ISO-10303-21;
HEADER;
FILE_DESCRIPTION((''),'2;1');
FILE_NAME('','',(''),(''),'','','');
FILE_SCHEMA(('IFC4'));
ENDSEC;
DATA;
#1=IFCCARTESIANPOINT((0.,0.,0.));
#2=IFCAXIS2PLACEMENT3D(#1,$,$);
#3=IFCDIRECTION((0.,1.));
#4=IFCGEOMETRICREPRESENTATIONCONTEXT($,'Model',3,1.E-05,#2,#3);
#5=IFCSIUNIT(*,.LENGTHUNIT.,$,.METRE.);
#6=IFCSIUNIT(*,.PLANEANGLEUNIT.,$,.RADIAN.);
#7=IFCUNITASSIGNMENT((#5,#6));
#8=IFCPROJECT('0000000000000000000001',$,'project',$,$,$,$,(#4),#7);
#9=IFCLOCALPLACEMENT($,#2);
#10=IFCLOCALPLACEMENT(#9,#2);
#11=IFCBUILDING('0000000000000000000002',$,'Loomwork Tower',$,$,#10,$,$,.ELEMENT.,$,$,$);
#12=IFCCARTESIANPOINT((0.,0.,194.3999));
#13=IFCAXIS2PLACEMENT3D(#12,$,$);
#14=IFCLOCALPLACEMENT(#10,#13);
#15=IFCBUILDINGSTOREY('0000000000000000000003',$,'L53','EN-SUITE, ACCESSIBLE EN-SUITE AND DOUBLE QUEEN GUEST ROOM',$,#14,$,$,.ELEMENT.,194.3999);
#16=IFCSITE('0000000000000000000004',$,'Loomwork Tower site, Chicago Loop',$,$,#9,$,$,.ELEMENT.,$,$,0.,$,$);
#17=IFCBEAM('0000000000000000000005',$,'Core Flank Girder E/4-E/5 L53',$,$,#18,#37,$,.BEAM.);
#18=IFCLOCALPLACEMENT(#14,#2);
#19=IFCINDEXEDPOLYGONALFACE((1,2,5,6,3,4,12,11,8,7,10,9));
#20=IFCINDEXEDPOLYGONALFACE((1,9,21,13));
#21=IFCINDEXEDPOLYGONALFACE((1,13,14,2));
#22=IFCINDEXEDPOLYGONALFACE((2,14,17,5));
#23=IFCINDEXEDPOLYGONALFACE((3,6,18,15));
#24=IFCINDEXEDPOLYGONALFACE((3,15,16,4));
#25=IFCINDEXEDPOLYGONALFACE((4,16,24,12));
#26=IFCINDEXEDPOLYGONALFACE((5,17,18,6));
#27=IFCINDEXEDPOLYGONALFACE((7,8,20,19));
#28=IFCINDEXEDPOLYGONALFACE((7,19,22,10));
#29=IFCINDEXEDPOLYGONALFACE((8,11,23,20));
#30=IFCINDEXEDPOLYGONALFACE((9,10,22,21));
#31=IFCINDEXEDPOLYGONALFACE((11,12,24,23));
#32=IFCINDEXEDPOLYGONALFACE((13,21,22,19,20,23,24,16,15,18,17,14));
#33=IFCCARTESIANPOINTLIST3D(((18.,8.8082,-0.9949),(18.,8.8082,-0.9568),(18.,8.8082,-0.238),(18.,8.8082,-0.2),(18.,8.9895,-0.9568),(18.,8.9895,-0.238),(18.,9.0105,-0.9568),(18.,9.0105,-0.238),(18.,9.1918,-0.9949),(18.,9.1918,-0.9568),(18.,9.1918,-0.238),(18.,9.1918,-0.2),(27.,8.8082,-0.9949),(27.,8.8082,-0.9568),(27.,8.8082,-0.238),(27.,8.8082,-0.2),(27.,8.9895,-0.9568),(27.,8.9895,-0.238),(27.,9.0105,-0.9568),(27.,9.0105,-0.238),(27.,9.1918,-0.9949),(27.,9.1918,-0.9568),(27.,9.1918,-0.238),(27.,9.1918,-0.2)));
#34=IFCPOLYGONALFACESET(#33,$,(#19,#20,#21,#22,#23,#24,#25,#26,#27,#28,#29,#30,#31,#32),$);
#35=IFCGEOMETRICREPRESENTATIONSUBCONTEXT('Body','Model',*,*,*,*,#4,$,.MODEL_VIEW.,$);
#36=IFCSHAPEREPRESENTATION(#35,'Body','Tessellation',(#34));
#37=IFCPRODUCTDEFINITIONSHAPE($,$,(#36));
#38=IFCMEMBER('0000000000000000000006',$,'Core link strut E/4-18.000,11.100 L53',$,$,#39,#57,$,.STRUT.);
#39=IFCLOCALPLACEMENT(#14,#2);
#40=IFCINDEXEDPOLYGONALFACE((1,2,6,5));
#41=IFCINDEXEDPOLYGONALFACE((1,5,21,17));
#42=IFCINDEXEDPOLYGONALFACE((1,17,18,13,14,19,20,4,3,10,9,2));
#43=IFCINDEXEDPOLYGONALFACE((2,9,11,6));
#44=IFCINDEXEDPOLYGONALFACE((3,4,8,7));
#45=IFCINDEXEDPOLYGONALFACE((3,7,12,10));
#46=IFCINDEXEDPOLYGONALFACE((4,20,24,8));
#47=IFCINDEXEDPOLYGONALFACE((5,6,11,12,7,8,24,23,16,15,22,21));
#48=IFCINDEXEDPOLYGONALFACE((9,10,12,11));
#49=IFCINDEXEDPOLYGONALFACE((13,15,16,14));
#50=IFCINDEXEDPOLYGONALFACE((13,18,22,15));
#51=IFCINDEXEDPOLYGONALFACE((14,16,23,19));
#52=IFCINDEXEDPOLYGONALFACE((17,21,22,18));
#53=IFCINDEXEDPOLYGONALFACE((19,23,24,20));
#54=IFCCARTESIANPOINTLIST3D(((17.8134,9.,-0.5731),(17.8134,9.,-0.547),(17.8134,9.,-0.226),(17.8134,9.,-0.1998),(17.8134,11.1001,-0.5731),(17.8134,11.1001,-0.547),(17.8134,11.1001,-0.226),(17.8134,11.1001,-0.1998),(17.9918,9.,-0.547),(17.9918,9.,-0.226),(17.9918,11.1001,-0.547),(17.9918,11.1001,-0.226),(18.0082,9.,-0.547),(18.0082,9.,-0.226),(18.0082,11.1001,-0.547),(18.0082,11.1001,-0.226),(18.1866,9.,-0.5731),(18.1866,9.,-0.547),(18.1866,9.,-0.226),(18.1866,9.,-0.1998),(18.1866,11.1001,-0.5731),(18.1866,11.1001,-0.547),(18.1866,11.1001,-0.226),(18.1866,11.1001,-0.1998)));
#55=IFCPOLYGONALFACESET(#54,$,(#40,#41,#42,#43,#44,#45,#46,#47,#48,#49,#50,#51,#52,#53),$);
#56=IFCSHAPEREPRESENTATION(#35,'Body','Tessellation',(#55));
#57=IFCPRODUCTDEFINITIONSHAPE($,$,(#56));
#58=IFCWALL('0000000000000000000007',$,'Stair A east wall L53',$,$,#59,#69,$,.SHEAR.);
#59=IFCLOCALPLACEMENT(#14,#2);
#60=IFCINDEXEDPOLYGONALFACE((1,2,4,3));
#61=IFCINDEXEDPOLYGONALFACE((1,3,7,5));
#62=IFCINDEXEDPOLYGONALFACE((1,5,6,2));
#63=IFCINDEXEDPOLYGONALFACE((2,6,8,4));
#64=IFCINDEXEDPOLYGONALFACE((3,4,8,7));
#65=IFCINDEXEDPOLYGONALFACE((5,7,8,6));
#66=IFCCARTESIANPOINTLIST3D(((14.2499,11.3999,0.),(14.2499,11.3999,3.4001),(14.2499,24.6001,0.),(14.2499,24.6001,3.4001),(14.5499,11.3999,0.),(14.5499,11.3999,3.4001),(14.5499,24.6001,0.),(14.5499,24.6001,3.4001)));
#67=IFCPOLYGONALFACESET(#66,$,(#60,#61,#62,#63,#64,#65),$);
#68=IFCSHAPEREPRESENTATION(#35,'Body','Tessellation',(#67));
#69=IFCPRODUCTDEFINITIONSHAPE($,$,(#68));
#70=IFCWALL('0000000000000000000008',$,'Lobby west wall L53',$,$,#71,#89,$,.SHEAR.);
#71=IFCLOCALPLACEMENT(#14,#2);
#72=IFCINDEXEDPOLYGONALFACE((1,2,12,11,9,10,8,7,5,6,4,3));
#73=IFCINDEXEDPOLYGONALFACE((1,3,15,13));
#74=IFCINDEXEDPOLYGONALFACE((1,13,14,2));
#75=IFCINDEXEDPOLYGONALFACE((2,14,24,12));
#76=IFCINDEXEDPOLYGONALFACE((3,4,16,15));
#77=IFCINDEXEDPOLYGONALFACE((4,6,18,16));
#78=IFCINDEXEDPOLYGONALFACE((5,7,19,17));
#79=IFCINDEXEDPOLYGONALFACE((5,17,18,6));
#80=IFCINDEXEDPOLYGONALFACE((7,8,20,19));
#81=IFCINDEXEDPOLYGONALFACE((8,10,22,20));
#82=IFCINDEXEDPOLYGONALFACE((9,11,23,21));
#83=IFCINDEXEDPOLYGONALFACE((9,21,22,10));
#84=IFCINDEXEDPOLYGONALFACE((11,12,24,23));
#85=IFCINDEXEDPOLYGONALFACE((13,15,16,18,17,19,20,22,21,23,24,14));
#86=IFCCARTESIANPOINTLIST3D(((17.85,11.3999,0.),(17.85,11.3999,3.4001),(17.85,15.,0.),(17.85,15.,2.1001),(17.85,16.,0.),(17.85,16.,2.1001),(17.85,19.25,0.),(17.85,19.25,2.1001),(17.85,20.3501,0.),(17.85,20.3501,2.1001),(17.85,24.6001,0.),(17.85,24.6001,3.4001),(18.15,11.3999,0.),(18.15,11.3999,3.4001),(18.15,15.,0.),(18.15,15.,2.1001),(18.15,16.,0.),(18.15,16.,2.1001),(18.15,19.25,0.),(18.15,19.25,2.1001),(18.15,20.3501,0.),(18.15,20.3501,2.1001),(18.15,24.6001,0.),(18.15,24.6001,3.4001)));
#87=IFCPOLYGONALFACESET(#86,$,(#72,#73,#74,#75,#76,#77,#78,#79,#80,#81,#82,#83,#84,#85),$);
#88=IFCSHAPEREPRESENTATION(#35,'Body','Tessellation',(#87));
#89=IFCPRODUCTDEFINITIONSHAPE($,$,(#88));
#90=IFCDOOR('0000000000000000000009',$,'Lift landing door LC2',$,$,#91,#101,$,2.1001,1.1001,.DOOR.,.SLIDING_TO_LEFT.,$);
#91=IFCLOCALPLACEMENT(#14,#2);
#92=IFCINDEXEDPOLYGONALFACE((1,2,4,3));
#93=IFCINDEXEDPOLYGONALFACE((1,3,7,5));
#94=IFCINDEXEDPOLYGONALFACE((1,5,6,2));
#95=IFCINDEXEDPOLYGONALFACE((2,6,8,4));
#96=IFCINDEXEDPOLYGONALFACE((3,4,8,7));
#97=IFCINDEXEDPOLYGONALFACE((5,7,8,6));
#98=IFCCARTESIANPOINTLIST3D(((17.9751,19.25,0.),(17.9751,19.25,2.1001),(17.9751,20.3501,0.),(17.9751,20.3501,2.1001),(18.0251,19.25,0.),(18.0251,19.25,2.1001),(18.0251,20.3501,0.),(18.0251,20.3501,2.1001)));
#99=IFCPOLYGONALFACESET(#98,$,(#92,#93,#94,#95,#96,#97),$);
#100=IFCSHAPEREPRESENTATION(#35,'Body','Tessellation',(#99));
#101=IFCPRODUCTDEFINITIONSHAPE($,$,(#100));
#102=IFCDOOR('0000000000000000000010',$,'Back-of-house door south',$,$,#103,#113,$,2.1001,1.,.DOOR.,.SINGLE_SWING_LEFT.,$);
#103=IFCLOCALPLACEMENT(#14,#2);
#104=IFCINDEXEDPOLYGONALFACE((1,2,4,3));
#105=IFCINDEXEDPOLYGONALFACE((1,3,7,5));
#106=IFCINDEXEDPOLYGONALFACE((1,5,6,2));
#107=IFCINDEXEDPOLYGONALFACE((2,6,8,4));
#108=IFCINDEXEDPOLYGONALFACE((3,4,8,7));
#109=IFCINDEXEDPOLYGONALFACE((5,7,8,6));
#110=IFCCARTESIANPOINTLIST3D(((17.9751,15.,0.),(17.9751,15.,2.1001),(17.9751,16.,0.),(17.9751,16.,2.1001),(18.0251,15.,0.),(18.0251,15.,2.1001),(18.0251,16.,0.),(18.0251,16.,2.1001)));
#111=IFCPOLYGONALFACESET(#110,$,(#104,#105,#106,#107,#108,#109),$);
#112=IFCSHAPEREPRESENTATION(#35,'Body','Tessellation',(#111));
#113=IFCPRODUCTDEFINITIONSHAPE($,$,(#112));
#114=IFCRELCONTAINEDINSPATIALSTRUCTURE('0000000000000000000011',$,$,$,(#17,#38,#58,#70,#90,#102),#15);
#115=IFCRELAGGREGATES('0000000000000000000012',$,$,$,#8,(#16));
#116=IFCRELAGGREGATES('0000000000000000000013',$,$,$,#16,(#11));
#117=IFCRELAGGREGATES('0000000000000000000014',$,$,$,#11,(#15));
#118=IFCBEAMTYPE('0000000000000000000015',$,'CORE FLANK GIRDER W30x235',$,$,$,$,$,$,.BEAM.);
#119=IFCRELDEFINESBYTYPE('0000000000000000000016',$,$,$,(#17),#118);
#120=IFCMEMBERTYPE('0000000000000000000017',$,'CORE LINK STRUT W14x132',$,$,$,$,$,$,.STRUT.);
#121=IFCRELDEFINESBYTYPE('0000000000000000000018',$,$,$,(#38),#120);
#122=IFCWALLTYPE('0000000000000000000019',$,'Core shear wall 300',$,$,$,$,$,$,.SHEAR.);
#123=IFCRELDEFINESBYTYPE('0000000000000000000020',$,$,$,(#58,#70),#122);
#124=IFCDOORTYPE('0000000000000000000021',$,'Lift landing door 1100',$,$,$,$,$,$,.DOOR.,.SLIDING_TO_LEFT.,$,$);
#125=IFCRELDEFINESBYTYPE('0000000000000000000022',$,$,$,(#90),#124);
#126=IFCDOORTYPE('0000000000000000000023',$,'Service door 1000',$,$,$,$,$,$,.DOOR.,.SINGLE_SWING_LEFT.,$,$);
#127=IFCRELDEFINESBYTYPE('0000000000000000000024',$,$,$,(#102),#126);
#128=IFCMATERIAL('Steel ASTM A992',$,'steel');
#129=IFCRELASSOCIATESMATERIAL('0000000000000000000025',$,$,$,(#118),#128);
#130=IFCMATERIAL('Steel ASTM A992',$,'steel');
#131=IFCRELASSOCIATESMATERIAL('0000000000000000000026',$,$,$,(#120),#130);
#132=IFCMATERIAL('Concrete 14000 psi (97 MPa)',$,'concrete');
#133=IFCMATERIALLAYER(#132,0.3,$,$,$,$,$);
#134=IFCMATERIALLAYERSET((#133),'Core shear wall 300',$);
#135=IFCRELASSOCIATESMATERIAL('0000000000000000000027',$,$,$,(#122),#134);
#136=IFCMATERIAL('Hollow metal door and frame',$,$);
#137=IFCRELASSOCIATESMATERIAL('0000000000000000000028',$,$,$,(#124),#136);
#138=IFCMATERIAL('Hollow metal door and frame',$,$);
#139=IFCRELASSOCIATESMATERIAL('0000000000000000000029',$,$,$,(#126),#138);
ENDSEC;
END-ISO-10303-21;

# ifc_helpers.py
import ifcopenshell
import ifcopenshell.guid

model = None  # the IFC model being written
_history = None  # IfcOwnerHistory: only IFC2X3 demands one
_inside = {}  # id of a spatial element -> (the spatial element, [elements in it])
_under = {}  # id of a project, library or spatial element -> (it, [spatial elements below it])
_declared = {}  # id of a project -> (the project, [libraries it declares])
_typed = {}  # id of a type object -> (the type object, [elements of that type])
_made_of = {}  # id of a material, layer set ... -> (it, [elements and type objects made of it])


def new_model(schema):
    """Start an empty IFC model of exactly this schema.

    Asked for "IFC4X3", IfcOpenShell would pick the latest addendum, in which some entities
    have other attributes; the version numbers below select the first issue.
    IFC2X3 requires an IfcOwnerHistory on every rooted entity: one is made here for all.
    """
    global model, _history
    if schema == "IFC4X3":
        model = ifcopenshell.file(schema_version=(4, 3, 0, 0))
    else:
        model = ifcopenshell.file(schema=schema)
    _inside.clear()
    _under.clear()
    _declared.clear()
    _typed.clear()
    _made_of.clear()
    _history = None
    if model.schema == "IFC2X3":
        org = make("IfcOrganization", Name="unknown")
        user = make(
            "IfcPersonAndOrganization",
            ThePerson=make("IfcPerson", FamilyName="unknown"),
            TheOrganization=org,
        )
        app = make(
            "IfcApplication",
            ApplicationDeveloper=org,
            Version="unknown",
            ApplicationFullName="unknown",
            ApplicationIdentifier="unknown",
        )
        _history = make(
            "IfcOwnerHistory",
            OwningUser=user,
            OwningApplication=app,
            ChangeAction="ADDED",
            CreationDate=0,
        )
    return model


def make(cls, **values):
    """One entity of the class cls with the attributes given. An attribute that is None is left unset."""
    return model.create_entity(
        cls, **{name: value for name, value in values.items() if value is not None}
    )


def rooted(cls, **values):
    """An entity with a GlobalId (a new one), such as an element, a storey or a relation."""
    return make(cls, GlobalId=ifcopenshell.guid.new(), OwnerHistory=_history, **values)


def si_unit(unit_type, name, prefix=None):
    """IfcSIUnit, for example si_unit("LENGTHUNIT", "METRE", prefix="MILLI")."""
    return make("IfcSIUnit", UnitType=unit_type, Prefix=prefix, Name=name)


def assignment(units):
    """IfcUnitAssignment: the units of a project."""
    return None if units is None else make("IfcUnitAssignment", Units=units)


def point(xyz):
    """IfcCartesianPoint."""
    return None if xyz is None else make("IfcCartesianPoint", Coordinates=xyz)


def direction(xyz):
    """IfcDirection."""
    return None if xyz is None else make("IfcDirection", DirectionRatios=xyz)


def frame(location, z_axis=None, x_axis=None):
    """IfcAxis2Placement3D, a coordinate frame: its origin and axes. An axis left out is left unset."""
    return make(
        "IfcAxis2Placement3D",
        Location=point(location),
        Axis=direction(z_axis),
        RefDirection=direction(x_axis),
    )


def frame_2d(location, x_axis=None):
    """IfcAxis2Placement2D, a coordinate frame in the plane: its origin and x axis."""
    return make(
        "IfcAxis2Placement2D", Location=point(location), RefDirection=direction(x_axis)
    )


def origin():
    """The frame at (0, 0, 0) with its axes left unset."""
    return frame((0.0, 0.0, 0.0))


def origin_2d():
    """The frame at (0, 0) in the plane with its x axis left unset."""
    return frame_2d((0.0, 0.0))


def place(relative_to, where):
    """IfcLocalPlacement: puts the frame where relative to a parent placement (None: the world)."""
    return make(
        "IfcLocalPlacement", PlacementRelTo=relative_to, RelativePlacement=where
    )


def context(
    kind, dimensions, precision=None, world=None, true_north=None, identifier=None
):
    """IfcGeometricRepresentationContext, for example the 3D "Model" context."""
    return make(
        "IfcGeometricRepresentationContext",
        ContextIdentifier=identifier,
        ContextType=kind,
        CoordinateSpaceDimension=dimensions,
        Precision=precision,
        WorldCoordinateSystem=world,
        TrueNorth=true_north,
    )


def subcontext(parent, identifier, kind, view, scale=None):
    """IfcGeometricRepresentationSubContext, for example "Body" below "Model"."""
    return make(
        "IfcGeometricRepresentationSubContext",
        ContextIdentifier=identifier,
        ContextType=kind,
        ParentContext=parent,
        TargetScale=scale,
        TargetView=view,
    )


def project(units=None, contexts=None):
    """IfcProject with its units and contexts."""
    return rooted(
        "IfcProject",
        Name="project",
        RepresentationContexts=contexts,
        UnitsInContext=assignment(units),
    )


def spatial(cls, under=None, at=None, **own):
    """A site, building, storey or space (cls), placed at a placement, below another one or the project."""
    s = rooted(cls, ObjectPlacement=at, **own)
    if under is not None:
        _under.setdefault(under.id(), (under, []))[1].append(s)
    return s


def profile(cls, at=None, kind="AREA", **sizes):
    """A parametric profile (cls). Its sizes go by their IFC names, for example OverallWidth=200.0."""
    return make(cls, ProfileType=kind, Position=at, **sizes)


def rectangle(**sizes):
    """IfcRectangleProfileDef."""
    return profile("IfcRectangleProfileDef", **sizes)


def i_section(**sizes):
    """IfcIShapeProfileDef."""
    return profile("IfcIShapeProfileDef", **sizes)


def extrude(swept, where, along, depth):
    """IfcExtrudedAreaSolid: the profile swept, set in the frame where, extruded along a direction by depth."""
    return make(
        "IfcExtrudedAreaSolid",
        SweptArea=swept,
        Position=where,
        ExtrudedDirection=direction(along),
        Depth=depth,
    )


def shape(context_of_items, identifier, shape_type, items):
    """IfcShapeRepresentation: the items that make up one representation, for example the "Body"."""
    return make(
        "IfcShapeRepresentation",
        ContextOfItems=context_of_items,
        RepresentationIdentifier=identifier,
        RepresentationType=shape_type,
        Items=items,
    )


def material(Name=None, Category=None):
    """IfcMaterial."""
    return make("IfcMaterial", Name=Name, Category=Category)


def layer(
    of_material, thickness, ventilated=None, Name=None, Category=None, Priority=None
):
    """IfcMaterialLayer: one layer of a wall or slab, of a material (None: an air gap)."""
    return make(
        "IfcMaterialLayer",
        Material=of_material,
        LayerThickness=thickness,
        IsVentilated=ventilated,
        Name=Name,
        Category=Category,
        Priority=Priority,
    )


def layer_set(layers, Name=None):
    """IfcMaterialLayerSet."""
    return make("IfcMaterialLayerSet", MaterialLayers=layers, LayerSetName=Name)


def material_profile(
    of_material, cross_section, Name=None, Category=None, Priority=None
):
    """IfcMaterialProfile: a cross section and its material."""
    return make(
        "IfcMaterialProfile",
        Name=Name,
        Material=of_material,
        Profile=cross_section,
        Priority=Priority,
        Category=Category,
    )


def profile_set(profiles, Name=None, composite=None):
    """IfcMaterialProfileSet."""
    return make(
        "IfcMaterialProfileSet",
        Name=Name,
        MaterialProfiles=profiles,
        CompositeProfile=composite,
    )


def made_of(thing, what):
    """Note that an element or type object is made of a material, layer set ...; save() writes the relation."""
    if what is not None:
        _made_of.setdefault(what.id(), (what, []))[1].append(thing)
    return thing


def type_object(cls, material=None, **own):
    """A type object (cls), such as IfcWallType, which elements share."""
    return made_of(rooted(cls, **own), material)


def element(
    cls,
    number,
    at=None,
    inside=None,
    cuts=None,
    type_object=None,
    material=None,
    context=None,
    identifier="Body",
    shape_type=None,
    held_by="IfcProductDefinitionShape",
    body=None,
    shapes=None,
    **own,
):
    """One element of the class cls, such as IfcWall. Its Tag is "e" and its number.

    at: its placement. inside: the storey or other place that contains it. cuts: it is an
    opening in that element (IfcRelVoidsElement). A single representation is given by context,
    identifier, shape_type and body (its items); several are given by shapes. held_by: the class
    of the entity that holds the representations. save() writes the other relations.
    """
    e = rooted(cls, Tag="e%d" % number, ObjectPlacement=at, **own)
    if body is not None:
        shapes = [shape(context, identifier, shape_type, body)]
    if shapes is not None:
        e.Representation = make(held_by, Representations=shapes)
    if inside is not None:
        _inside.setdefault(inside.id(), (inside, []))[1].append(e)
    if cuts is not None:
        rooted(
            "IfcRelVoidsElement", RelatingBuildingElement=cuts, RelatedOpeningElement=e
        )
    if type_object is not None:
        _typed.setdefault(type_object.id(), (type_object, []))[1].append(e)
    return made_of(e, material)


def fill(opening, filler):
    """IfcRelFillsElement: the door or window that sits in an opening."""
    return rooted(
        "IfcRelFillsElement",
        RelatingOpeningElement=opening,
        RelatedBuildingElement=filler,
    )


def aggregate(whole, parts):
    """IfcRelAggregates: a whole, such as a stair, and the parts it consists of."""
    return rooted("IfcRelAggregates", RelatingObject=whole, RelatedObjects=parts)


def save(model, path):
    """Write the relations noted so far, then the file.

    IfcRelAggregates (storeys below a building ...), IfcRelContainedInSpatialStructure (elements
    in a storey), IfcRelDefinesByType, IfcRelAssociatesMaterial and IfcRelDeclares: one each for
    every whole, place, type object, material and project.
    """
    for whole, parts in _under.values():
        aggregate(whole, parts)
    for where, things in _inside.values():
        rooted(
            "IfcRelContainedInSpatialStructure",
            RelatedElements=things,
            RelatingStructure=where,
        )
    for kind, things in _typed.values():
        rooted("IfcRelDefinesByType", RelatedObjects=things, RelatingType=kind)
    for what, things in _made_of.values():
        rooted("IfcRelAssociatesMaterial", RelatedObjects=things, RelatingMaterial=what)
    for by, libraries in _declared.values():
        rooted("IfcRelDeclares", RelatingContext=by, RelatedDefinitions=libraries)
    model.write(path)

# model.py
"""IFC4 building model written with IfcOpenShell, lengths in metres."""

from ifc_helpers import new_model, si_unit, direction, frame, frame_2d, origin, origin_2d, place, context, subcontext, project, spatial, rectangle, i_section, extrude, material, layer, layer_set, material_profile, profile_set, type_object, element, fill, save


model = new_model("IFC4")

# Units and contexts
model_context = context("Model", 3, precision=1e-05, world=origin(), true_north=direction((0.0, 1.0)))
body_context = subcontext(model_context, "Body", "Model", "MODEL_VIEW")
ifc_project = project(units=[si_unit("LENGTHUNIT", "METRE"), si_unit("PLANEANGLEUNIT", "RADIAN")], contexts=[model_context])

# Site, building, storey
site_placement = place(None, origin())
site = spatial("IfcSite", under=ifc_project, at=site_placement, Name="Loomwork Tower site, Chicago Loop", CompositionType="ELEMENT", RefElevation=0.0)
building_placement = place(site_placement, origin())
building = spatial("IfcBuilding", under=site, at=building_placement, Name="Loomwork Tower", CompositionType="ELEMENT")
storey_placement = place(building_placement, frame((0.0, 0.0, 194.3999)))
storey = spatial("IfcBuildingStorey", under=building, at=storey_placement, Name="L53", Description="EN-SUITE, ACCESSIBLE EN-SUITE AND DOUBLE QUEEN GUEST ROOM", CompositionType="ELEMENT", Elevation=194.3999)

# Beam
ifc_material_1 = material(Name="Steel ASTM A992", Category="steel")
ifc_material_profile_1 = material_profile(ifc_material_1, i_section(OverallWidth=0.3835, OverallDepth=0.7949, WebThickness=0.021, FlangeThickness=0.0381, at=origin_2d()), Name="W30x235")
ifc_profile_set_1 = profile_set([ifc_material_profile_1], Name="Steel ASTM A992")
beam_type = type_object("IfcBeamType", Name="CORE FLANK GIRDER W30x235", PredefinedType="BEAM", material=ifc_profile_set_1)
beam_placement = place(storey_placement, frame((18.0, 9.0, -0.5974), z_axis=(1.0, 0.0, 0.0), x_axis=(0.0, 1.0, 0.0)))
element("IfcBeam", 1, at=beam_placement, inside=storey, type_object=beam_type, Name="Core Flank Girder E/4-E/5 L53", PredefinedType="BEAM", context=body_context, shape_type="SweptSolid", body=[
    extrude(i_section(OverallWidth=0.3835, OverallDepth=0.7949, WebThickness=0.021, FlangeThickness=0.0381, at=origin_2d()), origin(), (0.0, 0.0, 1.0), 9.0),
])

# Member
ifc_material_2 = material(Name="Steel ASTM A992", Category="steel")
ifc_material_profile_2 = material_profile(ifc_material_2, i_section(OverallWidth=0.3733, OverallDepth=0.3733, WebThickness=0.0164, FlangeThickness=0.0261, at=origin_2d()), Name="W14x132")
ifc_profile_set_2 = profile_set([ifc_material_profile_2], Name="Steel ASTM A992")
member_type = type_object("IfcMemberType", Name="CORE LINK STRUT W14x132", PredefinedType="STRUT", material=ifc_profile_set_2)
member_placement = place(storey_placement, frame((18.0, 9.0, -0.3865), z_axis=(0.0, 1.0, 0.0), x_axis=(-1.0, 0.0, 0.0)))
element("IfcMember", 2, at=member_placement, inside=storey, type_object=member_type, Name="Core link strut E/4-18.000,11.100 L53", PredefinedType="STRUT", context=body_context, shape_type="SweptSolid", body=[
    extrude(i_section(OverallWidth=0.3733, OverallDepth=0.3733, WebThickness=0.0164, FlangeThickness=0.0261, at=origin_2d()), origin(), (0.0, 0.0, 1.0), 2.1001),
])

# Wall
ifc_material_3 = material(Name="Concrete 14000 psi (97 MPa)", Category="concrete")
ifc_layer_1 = layer(ifc_material_3, 0.3)
ifc_layer_set_1 = layer_set([ifc_layer_1], Name="Core shear wall 300")
wall_type_1 = type_object("IfcWallType", Name="Core shear wall 300", PredefinedType="SHEAR", material=ifc_layer_set_1)
wall_1_placement = place(storey_placement, frame((14.3999, 11.3999, 0.0), z_axis=(0.0, 0.0, 1.0), x_axis=(0.0, 1.0, 0.0)))
element("IfcWall", 3, at=wall_1_placement, inside=storey, type_object=wall_type_1, Name="Stair A east wall L53", PredefinedType="SHEAR", context=body_context, shape_type="SweptSolid", body=[
    extrude(rectangle(XDim=13.2002, YDim=0.3, at=frame_2d((6.6001, 0.0))), origin(), (0.0, 0.0, 1.0), 3.4001),
])

# Wall, openings, doors
wall_2_placement = place(storey_placement, frame((18.0, 11.3999, 0.0), z_axis=(0.0, 0.0, 1.0), x_axis=(0.0, 1.0, 0.0)))
wall_2 = element("IfcWall", 4, at=wall_2_placement, inside=storey, type_object=wall_type_1, Name="Lobby west wall L53", PredefinedType="SHEAR", context=body_context, shape_type="SweptSolid", body=[
    extrude(rectangle(XDim=13.2002, YDim=0.3, at=frame_2d((6.6001, 0.0))), origin(), (0.0, 0.0, 1.0), 3.4001),
])
opening_1_placement = place(wall_2_placement, frame((3.6001, 0.0, 0.0)))
opening_1 = element("IfcOpeningElement", 5, at=opening_1_placement, cuts=wall_2, PredefinedType="OPENING", context=body_context, shape_type="SweptSolid", body=[
    extrude(rectangle(XDim=1.0, YDim=2.1001, at=frame_2d((0.5, 1.05))), frame((0.0, 0.1599, 0.0), z_axis=(0.0, -1.0, 0.0), x_axis=(1.0, 0.0, 0.0)), (0.0, 0.0, 1.0), 0.3201),
])
opening_2_placement = place(wall_2_placement, frame((7.8501, 0.0, 0.0)))
opening_2 = element("IfcOpeningElement", 6, at=opening_2_placement, cuts=wall_2, PredefinedType="OPENING", context=body_context, shape_type="SweptSolid", body=[
    extrude(rectangle(XDim=1.1001, YDim=2.1001, at=frame_2d((0.55, 1.05))), frame((0.0, 0.1599, 0.0), z_axis=(0.0, -1.0, 0.0), x_axis=(1.0, 0.0, 0.0)), (0.0, 0.0, 1.0), 0.3201),
])
ifc_material_4 = material(Name="Hollow metal door and frame")
door_type_1 = type_object("IfcDoorType", Name="Lift landing door 1100", OperationType="SLIDING_TO_LEFT", PredefinedType="DOOR", material=ifc_material_4)
door_1_placement = place(opening_2_placement, origin())
door_1 = element("IfcDoor", 7, at=door_1_placement, inside=storey, type_object=door_type_1, Name="Lift landing door LC2", OperationType="SLIDING_TO_LEFT", OverallHeight=2.1001, OverallWidth=1.1001, PredefinedType="DOOR", context=body_context, shape_type="SweptSolid", body=[
    extrude(rectangle(XDim=1.1001, YDim=2.1001, at=frame_2d((0.55, 1.05))), frame((0.0, 0.0249, 0.0), z_axis=(0.0, -1.0, 0.0), x_axis=(1.0, 0.0, 0.0)), (0.0, 0.0, 1.0), 0.05),
])
fill(opening_2, door_1)
ifc_material_5 = material(Name="Hollow metal door and frame")
door_type_2 = type_object("IfcDoorType", Name="Service door 1000", OperationType="SINGLE_SWING_LEFT", PredefinedType="DOOR", material=ifc_material_5)
door_2_placement = place(opening_1_placement, origin())
door_2 = element("IfcDoor", 8, at=door_2_placement, inside=storey, type_object=door_type_2, Name="Back-of-house door south", OperationType="SINGLE_SWING_LEFT", OverallHeight=2.1001, OverallWidth=1.0, PredefinedType="DOOR", context=body_context, shape_type="SweptSolid", body=[
    extrude(rectangle(XDim=1.0, YDim=2.1001, at=frame_2d((0.5, 1.05))), frame((0.0, 0.0249, 0.0), z_axis=(0.0, -1.0, 0.0), x_axis=(1.0, 0.0, 0.0)), (0.0, 0.0, 1.0), 0.05),
])
fill(opening_1, door_2)

save(model, "model.ifc")
